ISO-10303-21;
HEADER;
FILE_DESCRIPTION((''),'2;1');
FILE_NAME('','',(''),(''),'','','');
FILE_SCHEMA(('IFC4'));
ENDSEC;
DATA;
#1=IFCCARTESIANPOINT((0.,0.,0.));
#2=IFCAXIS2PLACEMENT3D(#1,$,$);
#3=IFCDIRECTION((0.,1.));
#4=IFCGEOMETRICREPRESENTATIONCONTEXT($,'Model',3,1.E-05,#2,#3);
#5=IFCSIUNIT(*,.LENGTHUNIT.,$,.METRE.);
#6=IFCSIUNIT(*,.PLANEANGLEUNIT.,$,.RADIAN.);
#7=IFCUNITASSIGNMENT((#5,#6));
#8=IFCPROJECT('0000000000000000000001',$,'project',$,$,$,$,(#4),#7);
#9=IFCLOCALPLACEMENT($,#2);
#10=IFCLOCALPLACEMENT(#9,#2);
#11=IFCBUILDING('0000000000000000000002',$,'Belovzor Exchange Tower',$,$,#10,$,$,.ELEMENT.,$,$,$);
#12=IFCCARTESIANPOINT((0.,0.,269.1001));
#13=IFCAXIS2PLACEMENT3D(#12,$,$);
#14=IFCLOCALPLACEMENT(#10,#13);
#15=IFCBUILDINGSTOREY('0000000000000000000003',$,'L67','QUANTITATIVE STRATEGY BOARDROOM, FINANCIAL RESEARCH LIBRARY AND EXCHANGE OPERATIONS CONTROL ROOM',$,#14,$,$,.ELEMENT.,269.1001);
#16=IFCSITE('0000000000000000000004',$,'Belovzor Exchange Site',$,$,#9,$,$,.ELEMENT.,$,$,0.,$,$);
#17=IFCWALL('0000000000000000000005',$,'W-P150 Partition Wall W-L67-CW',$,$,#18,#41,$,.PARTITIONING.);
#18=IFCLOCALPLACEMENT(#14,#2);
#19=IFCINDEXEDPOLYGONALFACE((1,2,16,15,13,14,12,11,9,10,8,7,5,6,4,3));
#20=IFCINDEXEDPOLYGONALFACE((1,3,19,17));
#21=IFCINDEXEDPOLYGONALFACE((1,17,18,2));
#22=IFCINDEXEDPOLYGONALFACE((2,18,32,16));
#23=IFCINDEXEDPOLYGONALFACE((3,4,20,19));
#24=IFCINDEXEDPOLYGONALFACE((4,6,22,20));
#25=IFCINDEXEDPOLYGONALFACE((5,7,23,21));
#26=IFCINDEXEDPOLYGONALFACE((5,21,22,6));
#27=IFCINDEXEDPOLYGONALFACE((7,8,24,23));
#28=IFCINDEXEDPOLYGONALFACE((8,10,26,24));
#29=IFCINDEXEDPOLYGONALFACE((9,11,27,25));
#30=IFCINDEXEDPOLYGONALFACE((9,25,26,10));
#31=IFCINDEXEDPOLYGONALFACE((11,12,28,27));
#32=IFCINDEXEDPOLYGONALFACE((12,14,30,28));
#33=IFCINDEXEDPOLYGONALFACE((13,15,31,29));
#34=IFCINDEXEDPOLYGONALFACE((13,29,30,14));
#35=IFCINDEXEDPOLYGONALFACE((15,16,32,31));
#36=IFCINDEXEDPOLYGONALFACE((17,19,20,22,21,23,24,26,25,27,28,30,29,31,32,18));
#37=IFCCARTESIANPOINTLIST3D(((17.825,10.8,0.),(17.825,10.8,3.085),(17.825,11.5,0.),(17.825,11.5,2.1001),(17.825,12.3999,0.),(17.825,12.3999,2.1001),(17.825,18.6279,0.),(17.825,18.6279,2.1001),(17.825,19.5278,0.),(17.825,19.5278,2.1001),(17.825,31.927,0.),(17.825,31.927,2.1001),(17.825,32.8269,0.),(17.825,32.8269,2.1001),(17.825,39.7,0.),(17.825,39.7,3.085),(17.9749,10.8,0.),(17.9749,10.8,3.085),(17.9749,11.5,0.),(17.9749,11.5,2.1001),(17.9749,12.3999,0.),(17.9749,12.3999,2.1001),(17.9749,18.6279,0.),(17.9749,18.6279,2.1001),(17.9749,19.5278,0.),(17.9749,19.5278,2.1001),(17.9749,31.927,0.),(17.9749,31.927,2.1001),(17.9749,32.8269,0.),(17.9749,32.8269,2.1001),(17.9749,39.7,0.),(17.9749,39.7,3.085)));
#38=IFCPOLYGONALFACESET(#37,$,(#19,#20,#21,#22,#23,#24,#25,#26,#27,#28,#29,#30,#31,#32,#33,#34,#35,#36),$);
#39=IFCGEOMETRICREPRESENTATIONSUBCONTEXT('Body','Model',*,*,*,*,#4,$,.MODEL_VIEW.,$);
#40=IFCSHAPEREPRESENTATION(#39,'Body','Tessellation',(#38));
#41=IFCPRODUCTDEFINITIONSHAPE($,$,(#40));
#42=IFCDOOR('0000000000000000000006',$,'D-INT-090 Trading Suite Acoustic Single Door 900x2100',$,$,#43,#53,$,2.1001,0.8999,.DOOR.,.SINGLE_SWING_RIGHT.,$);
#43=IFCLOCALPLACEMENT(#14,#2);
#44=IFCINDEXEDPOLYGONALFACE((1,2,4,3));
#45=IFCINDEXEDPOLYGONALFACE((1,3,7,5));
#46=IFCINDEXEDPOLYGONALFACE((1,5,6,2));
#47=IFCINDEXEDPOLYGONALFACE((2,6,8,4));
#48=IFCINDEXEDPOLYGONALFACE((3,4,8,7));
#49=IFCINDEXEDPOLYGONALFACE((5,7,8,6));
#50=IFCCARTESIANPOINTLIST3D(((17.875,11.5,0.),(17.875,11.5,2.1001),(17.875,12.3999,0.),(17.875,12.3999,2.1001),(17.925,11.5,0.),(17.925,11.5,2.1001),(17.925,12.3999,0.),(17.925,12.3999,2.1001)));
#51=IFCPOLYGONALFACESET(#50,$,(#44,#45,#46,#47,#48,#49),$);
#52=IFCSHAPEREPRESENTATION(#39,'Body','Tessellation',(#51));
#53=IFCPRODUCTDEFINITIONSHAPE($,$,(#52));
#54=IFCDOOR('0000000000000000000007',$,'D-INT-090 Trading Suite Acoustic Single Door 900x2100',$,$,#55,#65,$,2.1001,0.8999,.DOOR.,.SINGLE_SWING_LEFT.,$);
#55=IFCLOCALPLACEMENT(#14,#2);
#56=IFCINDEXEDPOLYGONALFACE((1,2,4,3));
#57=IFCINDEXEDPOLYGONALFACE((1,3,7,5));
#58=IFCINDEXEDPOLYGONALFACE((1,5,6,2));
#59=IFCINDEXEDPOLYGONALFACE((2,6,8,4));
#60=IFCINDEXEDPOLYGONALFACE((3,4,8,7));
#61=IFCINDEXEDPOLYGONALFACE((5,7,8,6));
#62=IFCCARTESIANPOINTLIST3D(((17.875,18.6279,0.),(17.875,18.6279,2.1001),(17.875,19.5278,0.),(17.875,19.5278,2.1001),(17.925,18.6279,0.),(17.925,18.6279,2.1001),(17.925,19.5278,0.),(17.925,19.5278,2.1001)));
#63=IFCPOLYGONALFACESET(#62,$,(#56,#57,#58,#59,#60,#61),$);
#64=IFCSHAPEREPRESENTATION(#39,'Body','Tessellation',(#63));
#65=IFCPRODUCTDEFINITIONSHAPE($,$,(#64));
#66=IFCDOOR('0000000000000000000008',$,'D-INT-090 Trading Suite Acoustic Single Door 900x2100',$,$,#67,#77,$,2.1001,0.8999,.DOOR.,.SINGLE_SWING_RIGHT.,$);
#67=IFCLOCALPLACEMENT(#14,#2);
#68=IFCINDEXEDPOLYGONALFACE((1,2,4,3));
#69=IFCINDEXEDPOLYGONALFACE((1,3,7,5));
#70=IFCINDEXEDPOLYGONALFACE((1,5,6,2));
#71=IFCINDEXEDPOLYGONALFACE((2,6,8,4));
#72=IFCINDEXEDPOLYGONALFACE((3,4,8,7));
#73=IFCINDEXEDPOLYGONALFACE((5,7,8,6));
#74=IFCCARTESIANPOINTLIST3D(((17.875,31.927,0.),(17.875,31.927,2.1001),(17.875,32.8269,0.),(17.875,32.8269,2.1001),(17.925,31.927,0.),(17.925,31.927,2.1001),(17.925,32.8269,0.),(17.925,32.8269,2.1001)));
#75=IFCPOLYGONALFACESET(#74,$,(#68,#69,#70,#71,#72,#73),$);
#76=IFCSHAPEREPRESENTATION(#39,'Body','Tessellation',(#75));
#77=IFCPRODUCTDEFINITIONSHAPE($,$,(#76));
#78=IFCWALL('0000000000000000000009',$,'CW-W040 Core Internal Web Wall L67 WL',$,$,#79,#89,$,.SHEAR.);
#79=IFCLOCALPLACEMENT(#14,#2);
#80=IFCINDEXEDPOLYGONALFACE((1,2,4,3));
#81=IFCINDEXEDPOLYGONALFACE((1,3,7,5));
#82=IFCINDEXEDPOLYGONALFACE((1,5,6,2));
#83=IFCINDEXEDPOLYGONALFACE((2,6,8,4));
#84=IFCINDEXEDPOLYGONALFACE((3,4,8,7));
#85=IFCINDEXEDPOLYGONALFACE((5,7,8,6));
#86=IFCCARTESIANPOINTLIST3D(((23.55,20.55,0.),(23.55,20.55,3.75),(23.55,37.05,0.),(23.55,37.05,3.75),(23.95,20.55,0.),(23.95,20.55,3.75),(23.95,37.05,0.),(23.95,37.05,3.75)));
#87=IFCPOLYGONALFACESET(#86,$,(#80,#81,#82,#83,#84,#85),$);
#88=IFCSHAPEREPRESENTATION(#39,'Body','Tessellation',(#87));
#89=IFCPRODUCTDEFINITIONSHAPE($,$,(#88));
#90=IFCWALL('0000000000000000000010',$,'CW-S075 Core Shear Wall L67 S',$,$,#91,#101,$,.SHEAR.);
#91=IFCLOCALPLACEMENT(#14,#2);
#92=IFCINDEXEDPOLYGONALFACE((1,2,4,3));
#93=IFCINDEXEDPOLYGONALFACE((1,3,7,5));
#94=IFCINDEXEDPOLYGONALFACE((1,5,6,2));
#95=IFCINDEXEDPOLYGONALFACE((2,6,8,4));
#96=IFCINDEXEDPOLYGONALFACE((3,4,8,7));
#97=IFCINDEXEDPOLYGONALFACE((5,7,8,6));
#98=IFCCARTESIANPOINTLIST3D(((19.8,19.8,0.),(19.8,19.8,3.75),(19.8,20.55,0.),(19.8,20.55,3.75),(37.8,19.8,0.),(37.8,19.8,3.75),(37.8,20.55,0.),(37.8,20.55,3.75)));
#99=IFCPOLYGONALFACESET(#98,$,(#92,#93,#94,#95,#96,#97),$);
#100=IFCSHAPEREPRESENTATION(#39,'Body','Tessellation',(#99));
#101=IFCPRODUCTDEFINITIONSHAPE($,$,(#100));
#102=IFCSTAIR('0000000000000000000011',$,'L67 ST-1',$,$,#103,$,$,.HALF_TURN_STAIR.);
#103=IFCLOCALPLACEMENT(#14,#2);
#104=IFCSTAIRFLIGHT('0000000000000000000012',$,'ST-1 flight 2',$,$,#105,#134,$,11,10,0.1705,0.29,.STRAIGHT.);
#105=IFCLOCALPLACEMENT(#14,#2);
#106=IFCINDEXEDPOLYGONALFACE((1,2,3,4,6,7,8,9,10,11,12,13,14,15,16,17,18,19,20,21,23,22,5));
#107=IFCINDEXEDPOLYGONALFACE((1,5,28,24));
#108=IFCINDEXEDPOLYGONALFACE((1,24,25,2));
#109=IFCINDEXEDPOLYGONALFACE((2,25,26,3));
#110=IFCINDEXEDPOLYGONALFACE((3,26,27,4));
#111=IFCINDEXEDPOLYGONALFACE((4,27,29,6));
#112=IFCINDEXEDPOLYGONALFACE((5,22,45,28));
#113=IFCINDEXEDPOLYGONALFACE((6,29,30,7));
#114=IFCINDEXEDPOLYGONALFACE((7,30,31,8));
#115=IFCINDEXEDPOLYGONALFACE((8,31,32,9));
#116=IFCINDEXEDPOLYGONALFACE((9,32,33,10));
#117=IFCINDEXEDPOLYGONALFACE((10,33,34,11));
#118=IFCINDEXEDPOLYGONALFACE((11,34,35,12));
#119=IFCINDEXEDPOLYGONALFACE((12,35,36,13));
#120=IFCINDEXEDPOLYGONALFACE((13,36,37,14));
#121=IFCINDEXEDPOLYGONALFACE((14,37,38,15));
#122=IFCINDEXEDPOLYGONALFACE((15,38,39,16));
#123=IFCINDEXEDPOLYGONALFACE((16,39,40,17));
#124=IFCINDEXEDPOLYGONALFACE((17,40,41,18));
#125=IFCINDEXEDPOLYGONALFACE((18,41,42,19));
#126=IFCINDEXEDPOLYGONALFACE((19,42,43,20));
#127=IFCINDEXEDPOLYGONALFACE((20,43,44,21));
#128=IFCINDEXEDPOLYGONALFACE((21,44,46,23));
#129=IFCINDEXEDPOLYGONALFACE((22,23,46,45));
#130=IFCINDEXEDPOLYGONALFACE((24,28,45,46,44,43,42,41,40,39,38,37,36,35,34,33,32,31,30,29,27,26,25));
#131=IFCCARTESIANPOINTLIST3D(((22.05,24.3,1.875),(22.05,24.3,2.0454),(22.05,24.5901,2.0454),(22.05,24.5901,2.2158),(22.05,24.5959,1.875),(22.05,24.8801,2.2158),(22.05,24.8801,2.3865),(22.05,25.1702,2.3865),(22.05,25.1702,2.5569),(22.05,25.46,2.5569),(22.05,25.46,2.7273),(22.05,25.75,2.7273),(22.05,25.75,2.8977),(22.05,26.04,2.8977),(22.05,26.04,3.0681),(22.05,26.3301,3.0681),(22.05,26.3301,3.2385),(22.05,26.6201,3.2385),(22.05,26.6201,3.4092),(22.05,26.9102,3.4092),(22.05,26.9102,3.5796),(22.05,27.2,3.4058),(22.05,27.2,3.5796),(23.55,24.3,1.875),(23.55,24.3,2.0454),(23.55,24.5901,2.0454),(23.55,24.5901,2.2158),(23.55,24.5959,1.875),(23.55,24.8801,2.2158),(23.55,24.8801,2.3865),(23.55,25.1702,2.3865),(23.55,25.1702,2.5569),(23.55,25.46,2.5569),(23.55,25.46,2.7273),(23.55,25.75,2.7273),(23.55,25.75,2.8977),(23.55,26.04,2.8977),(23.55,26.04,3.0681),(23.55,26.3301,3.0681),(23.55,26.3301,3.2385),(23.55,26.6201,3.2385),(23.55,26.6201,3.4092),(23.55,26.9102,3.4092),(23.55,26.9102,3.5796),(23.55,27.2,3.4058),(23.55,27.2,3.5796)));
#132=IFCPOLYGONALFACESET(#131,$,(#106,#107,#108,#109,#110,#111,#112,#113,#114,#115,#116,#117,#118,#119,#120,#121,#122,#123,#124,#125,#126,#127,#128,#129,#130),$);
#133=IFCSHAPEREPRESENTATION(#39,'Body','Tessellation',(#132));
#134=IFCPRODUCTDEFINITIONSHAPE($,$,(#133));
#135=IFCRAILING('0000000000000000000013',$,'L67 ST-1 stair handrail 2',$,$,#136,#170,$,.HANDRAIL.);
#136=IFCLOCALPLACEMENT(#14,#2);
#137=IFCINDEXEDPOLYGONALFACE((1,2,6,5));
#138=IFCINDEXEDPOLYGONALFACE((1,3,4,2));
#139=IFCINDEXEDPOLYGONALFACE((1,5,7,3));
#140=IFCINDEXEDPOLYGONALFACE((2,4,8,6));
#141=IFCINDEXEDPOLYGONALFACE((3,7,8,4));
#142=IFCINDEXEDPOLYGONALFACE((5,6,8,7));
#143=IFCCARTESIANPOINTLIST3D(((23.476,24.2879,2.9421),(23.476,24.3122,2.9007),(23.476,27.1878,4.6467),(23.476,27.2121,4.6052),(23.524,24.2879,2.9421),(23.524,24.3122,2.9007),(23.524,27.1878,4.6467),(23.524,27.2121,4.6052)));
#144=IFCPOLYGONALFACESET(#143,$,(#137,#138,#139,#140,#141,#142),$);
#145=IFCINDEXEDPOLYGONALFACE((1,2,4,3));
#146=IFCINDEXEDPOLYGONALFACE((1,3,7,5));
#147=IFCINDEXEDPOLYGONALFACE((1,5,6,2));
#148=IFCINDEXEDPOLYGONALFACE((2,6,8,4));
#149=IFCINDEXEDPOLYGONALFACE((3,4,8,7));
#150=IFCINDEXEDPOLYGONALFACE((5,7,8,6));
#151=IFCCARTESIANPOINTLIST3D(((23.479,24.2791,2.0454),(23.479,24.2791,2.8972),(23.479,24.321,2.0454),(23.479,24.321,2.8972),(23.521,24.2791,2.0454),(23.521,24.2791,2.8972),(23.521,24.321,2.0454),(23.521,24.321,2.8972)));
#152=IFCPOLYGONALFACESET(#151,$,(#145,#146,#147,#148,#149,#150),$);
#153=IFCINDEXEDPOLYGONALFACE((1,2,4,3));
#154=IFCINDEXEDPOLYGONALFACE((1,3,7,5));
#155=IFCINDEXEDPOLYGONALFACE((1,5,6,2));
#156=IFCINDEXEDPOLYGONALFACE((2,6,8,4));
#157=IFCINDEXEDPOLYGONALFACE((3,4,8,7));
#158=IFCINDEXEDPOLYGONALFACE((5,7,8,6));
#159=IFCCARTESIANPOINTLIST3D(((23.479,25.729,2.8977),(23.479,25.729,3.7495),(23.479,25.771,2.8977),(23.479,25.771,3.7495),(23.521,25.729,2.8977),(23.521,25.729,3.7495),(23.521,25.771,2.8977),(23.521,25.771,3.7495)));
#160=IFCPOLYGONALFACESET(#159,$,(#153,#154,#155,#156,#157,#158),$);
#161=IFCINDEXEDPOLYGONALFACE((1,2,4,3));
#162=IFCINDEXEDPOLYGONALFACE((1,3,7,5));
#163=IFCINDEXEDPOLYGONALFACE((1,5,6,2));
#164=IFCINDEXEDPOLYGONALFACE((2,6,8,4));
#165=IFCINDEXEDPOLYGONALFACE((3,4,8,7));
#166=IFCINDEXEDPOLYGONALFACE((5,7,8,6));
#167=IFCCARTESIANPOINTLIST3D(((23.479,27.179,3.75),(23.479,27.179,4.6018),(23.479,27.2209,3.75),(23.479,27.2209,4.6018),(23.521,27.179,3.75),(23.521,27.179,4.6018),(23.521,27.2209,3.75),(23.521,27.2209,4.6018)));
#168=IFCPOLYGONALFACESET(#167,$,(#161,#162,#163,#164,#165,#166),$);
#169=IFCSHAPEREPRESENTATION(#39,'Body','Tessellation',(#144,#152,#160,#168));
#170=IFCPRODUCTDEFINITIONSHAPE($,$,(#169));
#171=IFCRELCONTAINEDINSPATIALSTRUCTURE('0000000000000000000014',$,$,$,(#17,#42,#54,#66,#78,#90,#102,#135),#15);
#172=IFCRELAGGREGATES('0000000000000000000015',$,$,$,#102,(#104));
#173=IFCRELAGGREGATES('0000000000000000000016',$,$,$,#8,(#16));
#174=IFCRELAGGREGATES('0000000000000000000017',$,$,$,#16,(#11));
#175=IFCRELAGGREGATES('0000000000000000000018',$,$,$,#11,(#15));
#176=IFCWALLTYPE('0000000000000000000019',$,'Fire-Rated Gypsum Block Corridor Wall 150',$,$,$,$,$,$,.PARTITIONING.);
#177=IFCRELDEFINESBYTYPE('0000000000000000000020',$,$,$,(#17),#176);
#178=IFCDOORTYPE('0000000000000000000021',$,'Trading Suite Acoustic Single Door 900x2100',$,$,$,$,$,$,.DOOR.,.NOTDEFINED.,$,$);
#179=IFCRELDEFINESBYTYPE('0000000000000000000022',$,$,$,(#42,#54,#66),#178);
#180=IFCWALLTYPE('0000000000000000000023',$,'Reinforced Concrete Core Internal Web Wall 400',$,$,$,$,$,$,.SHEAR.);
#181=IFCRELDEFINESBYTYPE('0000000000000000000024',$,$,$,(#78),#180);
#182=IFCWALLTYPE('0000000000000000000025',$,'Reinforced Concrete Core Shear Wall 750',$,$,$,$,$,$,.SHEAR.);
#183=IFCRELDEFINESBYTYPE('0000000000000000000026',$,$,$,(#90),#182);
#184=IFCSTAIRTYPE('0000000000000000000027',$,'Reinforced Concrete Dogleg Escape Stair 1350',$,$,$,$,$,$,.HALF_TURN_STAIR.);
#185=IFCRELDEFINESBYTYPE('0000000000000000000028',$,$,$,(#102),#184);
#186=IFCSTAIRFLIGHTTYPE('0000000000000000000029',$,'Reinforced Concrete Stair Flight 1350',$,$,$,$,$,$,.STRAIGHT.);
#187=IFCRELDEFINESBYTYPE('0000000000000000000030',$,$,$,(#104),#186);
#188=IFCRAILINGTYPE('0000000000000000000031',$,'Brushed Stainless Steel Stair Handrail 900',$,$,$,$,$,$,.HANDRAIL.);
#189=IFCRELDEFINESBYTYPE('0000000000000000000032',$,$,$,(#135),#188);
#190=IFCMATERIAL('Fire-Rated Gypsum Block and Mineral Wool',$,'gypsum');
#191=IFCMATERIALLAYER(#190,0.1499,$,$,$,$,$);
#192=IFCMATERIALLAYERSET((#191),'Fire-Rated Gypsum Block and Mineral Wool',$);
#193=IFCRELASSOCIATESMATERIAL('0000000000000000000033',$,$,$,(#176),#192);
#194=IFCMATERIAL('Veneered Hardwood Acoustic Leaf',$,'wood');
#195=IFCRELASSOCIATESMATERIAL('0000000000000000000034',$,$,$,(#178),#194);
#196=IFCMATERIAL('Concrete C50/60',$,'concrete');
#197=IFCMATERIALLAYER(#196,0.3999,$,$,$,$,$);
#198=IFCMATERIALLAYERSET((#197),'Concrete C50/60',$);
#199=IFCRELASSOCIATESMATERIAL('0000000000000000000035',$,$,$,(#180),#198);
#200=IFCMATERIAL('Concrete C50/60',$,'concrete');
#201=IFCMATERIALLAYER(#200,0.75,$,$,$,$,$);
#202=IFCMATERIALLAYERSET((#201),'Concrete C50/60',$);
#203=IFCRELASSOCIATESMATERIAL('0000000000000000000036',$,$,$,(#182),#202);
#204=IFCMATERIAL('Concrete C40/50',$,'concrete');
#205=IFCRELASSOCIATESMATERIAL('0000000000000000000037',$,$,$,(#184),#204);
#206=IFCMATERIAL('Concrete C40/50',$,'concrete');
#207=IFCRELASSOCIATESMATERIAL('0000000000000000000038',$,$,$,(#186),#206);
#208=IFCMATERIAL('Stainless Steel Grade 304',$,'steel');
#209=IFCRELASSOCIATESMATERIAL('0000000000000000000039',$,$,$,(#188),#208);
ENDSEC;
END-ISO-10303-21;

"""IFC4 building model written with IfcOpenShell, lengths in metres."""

from ifc_helpers import new_model, si_unit, direction, frame, frame_2d, origin, origin_2d, place, context, subcontext, project, spatial, polyline, rectangle, outline, extrude, material, layer, layer_set, type_object, element, fill, aggregate, save


model = new_model("IFC4")

# Units and contexts
model_context = context("Model", 3, precision=1e-05, world=origin(), true_north=direction((0.0, 1.0)))
body_context = subcontext(model_context, "Body", "Model", "MODEL_VIEW")
ifc_project = project(units=[si_unit("LENGTHUNIT", "METRE"), si_unit("PLANEANGLEUNIT", "RADIAN")], contexts=[model_context])

# Site, building, storey
site_placement = place(None, origin())
site = spatial("IfcSite", under=ifc_project, at=site_placement, Name="Belovzor Exchange Site", CompositionType="ELEMENT", RefElevation=0.0)
building_placement = place(site_placement, origin())
building = spatial("IfcBuilding", under=site, at=building_placement, Name="Belovzor Exchange Tower", CompositionType="ELEMENT")
storey_placement = place(building_placement, frame((0.0, 0.0, 269.1001)))
storey = spatial("IfcBuildingStorey", under=building, at=storey_placement, Name="L67", Description="QUANTITATIVE STRATEGY BOARDROOM, FINANCIAL RESEARCH LIBRARY AND EXCHANGE OPERATIONS CONTROL ROOM", CompositionType="ELEMENT", Elevation=269.1001)

# Wall, openings, doors
ifc_material_1 = material(Name="Fire-Rated Gypsum Block and Mineral Wool", Category="gypsum")
ifc_layer_1 = layer(ifc_material_1, 0.1499)
ifc_layer_set_1 = layer_set([ifc_layer_1], Name="Fire-Rated Gypsum Block and Mineral Wool")
wall_type_1 = type_object("IfcWallType", Name="Fire-Rated Gypsum Block Corridor Wall 150", PredefinedType="PARTITIONING", material=ifc_layer_set_1)
wall_1_placement = place(storey_placement, frame((17.8999, 10.8, 0.0), z_axis=(0.0, 0.0, 1.0), x_axis=(0.0, 1.0, 0.0)))
wall_1 = element("IfcWall", 1, at=wall_1_placement, inside=storey, type_object=wall_type_1, Name="W-P150 Partition Wall W-L67-CW", PredefinedType="PARTITIONING", context=body_context, shape_type="SweptSolid", body=[
    extrude(rectangle(XDim=28.8999, YDim=0.1499, at=frame_2d((14.45, 0.0))), origin(), (0.0, 0.0, 1.0), 3.085),
])
opening_1_placement = place(wall_1_placement, frame((0.7, 0.0, 0.0)))
opening_1 = element("IfcOpeningElement", 2, at=opening_1_placement, cuts=wall_1, PredefinedType="OPENING", context=body_context, shape_type="SweptSolid", body=[
    extrude(rectangle(XDim=0.8999, YDim=2.1001, at=frame_2d((0.45, 1.05))), frame((0.0, 0.085, 0.0), z_axis=(0.0, -1.0, 0.0), x_axis=(1.0, 0.0, 0.0)), (0.0, 0.0, 1.0), 0.1699),
])
opening_2_placement = place(wall_1_placement, frame((7.8279, 0.0, 0.0)))
opening_2 = element("IfcOpeningElement", 3, at=opening_2_placement, cuts=wall_1, PredefinedType="OPENING", context=body_context, shape_type="SweptSolid", body=[
    extrude(rectangle(XDim=0.8999, YDim=2.1001, at=frame_2d((0.45, 1.05))), frame((0.0, 0.085, 0.0), z_axis=(0.0, -1.0, 0.0), x_axis=(1.0, 0.0, 0.0)), (0.0, 0.0, 1.0), 0.1699),
])
opening_3_placement = place(wall_1_placement, frame((21.127, 0.0, 0.0)))
opening_3 = element("IfcOpeningElement", 4, at=opening_3_placement, cuts=wall_1, PredefinedType="OPENING", context=body_context, shape_type="SweptSolid", body=[
    extrude(rectangle(XDim=0.8999, YDim=2.1001, at=frame_2d((0.45, 1.05))), frame((0.0, 0.085, 0.0), z_axis=(0.0, -1.0, 0.0), x_axis=(1.0, 0.0, 0.0)), (0.0, 0.0, 1.0), 0.1699),
])
ifc_material_2 = material(Name="Veneered Hardwood Acoustic Leaf", Category="wood")
door_type_1 = type_object("IfcDoorType", Name="Trading Suite Acoustic Single Door 900x2100", OperationType="NOTDEFINED", PredefinedType="DOOR", material=ifc_material_2)
door_1_placement = place(opening_1_placement, origin())
door_1 = element("IfcDoor", 5, at=door_1_placement, inside=storey, type_object=door_type_1, Name="D-INT-090 Trading Suite Acoustic Single Door 900x2100", OperationType="SINGLE_SWING_RIGHT", OverallHeight=2.1001, OverallWidth=0.8999, PredefinedType="DOOR", context=body_context, shape_type="SweptSolid", body=[
    extrude(rectangle(XDim=0.8999, YDim=2.1001, at=frame_2d((0.45, 1.05))), frame((0.0, 0.0249, 0.0), z_axis=(0.0, -1.0, 0.0), x_axis=(1.0, 0.0, 0.0)), (0.0, 0.0, 1.0), 0.05),
])
fill(opening_1, door_1)
door_2_placement = place(opening_2_placement, origin())
door_2 = element("IfcDoor", 6, at=door_2_placement, inside=storey, type_object=door_type_1, Name="D-INT-090 Trading Suite Acoustic Single Door 900x2100", OperationType="SINGLE_SWING_LEFT", OverallHeight=2.1001, OverallWidth=0.8999, PredefinedType="DOOR", context=body_context, shape_type="SweptSolid", body=[
    extrude(rectangle(XDim=0.8999, YDim=2.1001, at=frame_2d((0.45, 1.05))), frame((0.0, 0.0249, 0.0), z_axis=(0.0, -1.0, 0.0), x_axis=(1.0, 0.0, 0.0)), (0.0, 0.0, 1.0), 0.05),
])
fill(opening_2, door_2)
door_3_placement = place(opening_3_placement, origin())
door_3 = element("IfcDoor", 7, at=door_3_placement, inside=storey, type_object=door_type_1, Name="D-INT-090 Trading Suite Acoustic Single Door 900x2100", OperationType="SINGLE_SWING_RIGHT", OverallHeight=2.1001, OverallWidth=0.8999, PredefinedType="DOOR", context=body_context, shape_type="SweptSolid", body=[
    extrude(rectangle(XDim=0.8999, YDim=2.1001, at=frame_2d((0.45, 1.05))), frame((0.0, 0.0249, 0.0), z_axis=(0.0, -1.0, 0.0), x_axis=(1.0, 0.0, 0.0)), (0.0, 0.0, 1.0), 0.05),
])
fill(opening_3, door_3)

# Walls
ifc_material_3 = material(Name="Concrete C50/60", Category="concrete")
ifc_layer_2 = layer(ifc_material_3, 0.3999)
ifc_layer_set_2 = layer_set([ifc_layer_2], Name="Concrete C50/60")
wall_type_2 = type_object("IfcWallType", Name="Reinforced Concrete Core Internal Web Wall 400", PredefinedType="SHEAR", material=ifc_layer_set_2)
wall_2_placement = place(storey_placement, frame((23.75, 20.55, 0.0), z_axis=(0.0, 0.0, 1.0), x_axis=(0.0, 1.0, 0.0)))
element("IfcWall", 8, at=wall_2_placement, inside=storey, type_object=wall_type_2, Name="CW-W040 Core Internal Web Wall L67 WL", PredefinedType="SHEAR", context=body_context, shape_type="SweptSolid", body=[
    extrude(rectangle(XDim=16.5, YDim=0.3999, at=frame_2d((8.25, 0.0))), origin(), (0.0, 0.0, 1.0), 3.75),
])
ifc_material_4 = material(Name="Concrete C50/60", Category="concrete")
ifc_layer_3 = layer(ifc_material_4, 0.75)
ifc_layer_set_3 = layer_set([ifc_layer_3], Name="Concrete C50/60")
wall_type_3 = type_object("IfcWallType", Name="Reinforced Concrete Core Shear Wall 750", PredefinedType="SHEAR", material=ifc_layer_set_3)
wall_3_placement = place(storey_placement, frame((19.8, 20.175, 0.0), z_axis=(0.0, 0.0, 1.0), x_axis=(1.0, 0.0, 0.0)))
element("IfcWall", 9, at=wall_3_placement, inside=storey, type_object=wall_type_3, Name="CW-S075 Core Shear Wall L67 S", PredefinedType="SHEAR", context=body_context, shape_type="SweptSolid", body=[
    extrude(rectangle(XDim=18.0, YDim=0.75, at=frame_2d((9.0, 0.0))), origin(), (0.0, 0.0, 1.0), 3.75),
])

# Stair, stair flight
ifc_material_5 = material(Name="Concrete C40/50", Category="concrete")
stair_type = type_object("IfcStairType", Name="Reinforced Concrete Dogleg Escape Stair 1350", PredefinedType="HALF_TURN_STAIR", material=ifc_material_5)
stair_placement = place(storey_placement, origin())
stair = element("IfcStair", 10, at=stair_placement, inside=storey, type_object=stair_type, Name="L67 ST-1", PredefinedType="HALF_TURN_STAIR")
ifc_material_6 = material(Name="Concrete C40/50", Category="concrete")
stair_flight_type = type_object("IfcStairFlightType", Name="Reinforced Concrete Stair Flight 1350", PredefinedType="STRAIGHT", material=ifc_material_6)
stair_flight_placement = place(storey_placement, frame((22.8, 24.3, 1.875), z_axis=(0.0, 0.0, 1.0), x_axis=(0.0, 1.0, 0.0)))
stair_flight = element("IfcStairFlight", 11, at=stair_flight_placement, type_object=stair_flight_type, Name="ST-1 flight 2", NumberOfRisers=11, NumberOfTreads=10, PredefinedType="STRAIGHT", RiserHeight=0.1705, TreadLength=0.29, context=body_context, shape_type="SweptSolid", body=[
    extrude(outline(polyline([(0.0, 0.0), (0.0, 0.1704), (0.29, 0.1704), (0.29, 0.3408), (0.5801, 0.3408), (0.5801, 0.5115), (0.8701, 0.5115), (0.8701, 0.6819), (1.1599, 0.6819), (1.1599, 0.8523), (1.45, 0.8523), (1.45, 1.0227), (1.74, 1.0227), (1.74, 1.1931), (2.03, 1.1931), (2.03, 1.3635), (2.3201, 1.3635), (2.3201, 1.5342), (2.6101, 1.5342), (2.6101, 1.7046), (2.8999, 1.7046), (2.8999, 1.875), (2.8999, 1.5308), (0.2959, 0.0), (0.0, 0.0)])), frame((0.0, 0.75, 0.0), z_axis=(0.0, -1.0, 0.0), x_axis=(1.0, 0.0, 0.0)), (0.0, 0.0, 1.0), 1.5),
])
aggregate(stair, [stair_flight])

# Railing
ifc_material_7 = material(Name="Stainless Steel Grade 304", Category="steel")
railing_type_1 = type_object("IfcRailingType", Name="Brushed Stainless Steel Stair Handrail 900", PredefinedType="HANDRAIL", material=ifc_material_7)
railing_1_placement = place(storey_placement, frame((23.5, 24.3, 2.0454)))
element("IfcRailing", 12, at=railing_1_placement, inside=storey, type_object=railing_type_1, Name="L67 ST-1 stair handrail 2", PredefinedType="HANDRAIL", context=body_context, shape_type="SweptSolid", body=[
    extrude(rectangle(XDim=0.0481, YDim=0.0481, at=origin_2d()), frame((0.0, 0.0, 0.876), z_axis=(0.0, 0.862095, 0.506747), x_axis=(-1.0, 0.0, 0.0)), (0.0, 0.0, 1.0), 3.3638),
    extrude(rectangle(XDim=0.042, YDim=0.042, at=origin_2d()), origin(), (0.0, 0.0, 1.0), 0.8518),
    extrude(rectangle(XDim=0.042, YDim=0.042, at=origin_2d()), frame((0.0, 1.45, 0.8523)), (0.0, 0.0, 1.0), 0.8518),
    extrude(rectangle(XDim=0.042, YDim=0.042, at=origin_2d()), frame((0.0, 2.8999, 1.7046)), (0.0, 0.0, 1.0), 0.8518),
])

save(model, "model.ifc")
